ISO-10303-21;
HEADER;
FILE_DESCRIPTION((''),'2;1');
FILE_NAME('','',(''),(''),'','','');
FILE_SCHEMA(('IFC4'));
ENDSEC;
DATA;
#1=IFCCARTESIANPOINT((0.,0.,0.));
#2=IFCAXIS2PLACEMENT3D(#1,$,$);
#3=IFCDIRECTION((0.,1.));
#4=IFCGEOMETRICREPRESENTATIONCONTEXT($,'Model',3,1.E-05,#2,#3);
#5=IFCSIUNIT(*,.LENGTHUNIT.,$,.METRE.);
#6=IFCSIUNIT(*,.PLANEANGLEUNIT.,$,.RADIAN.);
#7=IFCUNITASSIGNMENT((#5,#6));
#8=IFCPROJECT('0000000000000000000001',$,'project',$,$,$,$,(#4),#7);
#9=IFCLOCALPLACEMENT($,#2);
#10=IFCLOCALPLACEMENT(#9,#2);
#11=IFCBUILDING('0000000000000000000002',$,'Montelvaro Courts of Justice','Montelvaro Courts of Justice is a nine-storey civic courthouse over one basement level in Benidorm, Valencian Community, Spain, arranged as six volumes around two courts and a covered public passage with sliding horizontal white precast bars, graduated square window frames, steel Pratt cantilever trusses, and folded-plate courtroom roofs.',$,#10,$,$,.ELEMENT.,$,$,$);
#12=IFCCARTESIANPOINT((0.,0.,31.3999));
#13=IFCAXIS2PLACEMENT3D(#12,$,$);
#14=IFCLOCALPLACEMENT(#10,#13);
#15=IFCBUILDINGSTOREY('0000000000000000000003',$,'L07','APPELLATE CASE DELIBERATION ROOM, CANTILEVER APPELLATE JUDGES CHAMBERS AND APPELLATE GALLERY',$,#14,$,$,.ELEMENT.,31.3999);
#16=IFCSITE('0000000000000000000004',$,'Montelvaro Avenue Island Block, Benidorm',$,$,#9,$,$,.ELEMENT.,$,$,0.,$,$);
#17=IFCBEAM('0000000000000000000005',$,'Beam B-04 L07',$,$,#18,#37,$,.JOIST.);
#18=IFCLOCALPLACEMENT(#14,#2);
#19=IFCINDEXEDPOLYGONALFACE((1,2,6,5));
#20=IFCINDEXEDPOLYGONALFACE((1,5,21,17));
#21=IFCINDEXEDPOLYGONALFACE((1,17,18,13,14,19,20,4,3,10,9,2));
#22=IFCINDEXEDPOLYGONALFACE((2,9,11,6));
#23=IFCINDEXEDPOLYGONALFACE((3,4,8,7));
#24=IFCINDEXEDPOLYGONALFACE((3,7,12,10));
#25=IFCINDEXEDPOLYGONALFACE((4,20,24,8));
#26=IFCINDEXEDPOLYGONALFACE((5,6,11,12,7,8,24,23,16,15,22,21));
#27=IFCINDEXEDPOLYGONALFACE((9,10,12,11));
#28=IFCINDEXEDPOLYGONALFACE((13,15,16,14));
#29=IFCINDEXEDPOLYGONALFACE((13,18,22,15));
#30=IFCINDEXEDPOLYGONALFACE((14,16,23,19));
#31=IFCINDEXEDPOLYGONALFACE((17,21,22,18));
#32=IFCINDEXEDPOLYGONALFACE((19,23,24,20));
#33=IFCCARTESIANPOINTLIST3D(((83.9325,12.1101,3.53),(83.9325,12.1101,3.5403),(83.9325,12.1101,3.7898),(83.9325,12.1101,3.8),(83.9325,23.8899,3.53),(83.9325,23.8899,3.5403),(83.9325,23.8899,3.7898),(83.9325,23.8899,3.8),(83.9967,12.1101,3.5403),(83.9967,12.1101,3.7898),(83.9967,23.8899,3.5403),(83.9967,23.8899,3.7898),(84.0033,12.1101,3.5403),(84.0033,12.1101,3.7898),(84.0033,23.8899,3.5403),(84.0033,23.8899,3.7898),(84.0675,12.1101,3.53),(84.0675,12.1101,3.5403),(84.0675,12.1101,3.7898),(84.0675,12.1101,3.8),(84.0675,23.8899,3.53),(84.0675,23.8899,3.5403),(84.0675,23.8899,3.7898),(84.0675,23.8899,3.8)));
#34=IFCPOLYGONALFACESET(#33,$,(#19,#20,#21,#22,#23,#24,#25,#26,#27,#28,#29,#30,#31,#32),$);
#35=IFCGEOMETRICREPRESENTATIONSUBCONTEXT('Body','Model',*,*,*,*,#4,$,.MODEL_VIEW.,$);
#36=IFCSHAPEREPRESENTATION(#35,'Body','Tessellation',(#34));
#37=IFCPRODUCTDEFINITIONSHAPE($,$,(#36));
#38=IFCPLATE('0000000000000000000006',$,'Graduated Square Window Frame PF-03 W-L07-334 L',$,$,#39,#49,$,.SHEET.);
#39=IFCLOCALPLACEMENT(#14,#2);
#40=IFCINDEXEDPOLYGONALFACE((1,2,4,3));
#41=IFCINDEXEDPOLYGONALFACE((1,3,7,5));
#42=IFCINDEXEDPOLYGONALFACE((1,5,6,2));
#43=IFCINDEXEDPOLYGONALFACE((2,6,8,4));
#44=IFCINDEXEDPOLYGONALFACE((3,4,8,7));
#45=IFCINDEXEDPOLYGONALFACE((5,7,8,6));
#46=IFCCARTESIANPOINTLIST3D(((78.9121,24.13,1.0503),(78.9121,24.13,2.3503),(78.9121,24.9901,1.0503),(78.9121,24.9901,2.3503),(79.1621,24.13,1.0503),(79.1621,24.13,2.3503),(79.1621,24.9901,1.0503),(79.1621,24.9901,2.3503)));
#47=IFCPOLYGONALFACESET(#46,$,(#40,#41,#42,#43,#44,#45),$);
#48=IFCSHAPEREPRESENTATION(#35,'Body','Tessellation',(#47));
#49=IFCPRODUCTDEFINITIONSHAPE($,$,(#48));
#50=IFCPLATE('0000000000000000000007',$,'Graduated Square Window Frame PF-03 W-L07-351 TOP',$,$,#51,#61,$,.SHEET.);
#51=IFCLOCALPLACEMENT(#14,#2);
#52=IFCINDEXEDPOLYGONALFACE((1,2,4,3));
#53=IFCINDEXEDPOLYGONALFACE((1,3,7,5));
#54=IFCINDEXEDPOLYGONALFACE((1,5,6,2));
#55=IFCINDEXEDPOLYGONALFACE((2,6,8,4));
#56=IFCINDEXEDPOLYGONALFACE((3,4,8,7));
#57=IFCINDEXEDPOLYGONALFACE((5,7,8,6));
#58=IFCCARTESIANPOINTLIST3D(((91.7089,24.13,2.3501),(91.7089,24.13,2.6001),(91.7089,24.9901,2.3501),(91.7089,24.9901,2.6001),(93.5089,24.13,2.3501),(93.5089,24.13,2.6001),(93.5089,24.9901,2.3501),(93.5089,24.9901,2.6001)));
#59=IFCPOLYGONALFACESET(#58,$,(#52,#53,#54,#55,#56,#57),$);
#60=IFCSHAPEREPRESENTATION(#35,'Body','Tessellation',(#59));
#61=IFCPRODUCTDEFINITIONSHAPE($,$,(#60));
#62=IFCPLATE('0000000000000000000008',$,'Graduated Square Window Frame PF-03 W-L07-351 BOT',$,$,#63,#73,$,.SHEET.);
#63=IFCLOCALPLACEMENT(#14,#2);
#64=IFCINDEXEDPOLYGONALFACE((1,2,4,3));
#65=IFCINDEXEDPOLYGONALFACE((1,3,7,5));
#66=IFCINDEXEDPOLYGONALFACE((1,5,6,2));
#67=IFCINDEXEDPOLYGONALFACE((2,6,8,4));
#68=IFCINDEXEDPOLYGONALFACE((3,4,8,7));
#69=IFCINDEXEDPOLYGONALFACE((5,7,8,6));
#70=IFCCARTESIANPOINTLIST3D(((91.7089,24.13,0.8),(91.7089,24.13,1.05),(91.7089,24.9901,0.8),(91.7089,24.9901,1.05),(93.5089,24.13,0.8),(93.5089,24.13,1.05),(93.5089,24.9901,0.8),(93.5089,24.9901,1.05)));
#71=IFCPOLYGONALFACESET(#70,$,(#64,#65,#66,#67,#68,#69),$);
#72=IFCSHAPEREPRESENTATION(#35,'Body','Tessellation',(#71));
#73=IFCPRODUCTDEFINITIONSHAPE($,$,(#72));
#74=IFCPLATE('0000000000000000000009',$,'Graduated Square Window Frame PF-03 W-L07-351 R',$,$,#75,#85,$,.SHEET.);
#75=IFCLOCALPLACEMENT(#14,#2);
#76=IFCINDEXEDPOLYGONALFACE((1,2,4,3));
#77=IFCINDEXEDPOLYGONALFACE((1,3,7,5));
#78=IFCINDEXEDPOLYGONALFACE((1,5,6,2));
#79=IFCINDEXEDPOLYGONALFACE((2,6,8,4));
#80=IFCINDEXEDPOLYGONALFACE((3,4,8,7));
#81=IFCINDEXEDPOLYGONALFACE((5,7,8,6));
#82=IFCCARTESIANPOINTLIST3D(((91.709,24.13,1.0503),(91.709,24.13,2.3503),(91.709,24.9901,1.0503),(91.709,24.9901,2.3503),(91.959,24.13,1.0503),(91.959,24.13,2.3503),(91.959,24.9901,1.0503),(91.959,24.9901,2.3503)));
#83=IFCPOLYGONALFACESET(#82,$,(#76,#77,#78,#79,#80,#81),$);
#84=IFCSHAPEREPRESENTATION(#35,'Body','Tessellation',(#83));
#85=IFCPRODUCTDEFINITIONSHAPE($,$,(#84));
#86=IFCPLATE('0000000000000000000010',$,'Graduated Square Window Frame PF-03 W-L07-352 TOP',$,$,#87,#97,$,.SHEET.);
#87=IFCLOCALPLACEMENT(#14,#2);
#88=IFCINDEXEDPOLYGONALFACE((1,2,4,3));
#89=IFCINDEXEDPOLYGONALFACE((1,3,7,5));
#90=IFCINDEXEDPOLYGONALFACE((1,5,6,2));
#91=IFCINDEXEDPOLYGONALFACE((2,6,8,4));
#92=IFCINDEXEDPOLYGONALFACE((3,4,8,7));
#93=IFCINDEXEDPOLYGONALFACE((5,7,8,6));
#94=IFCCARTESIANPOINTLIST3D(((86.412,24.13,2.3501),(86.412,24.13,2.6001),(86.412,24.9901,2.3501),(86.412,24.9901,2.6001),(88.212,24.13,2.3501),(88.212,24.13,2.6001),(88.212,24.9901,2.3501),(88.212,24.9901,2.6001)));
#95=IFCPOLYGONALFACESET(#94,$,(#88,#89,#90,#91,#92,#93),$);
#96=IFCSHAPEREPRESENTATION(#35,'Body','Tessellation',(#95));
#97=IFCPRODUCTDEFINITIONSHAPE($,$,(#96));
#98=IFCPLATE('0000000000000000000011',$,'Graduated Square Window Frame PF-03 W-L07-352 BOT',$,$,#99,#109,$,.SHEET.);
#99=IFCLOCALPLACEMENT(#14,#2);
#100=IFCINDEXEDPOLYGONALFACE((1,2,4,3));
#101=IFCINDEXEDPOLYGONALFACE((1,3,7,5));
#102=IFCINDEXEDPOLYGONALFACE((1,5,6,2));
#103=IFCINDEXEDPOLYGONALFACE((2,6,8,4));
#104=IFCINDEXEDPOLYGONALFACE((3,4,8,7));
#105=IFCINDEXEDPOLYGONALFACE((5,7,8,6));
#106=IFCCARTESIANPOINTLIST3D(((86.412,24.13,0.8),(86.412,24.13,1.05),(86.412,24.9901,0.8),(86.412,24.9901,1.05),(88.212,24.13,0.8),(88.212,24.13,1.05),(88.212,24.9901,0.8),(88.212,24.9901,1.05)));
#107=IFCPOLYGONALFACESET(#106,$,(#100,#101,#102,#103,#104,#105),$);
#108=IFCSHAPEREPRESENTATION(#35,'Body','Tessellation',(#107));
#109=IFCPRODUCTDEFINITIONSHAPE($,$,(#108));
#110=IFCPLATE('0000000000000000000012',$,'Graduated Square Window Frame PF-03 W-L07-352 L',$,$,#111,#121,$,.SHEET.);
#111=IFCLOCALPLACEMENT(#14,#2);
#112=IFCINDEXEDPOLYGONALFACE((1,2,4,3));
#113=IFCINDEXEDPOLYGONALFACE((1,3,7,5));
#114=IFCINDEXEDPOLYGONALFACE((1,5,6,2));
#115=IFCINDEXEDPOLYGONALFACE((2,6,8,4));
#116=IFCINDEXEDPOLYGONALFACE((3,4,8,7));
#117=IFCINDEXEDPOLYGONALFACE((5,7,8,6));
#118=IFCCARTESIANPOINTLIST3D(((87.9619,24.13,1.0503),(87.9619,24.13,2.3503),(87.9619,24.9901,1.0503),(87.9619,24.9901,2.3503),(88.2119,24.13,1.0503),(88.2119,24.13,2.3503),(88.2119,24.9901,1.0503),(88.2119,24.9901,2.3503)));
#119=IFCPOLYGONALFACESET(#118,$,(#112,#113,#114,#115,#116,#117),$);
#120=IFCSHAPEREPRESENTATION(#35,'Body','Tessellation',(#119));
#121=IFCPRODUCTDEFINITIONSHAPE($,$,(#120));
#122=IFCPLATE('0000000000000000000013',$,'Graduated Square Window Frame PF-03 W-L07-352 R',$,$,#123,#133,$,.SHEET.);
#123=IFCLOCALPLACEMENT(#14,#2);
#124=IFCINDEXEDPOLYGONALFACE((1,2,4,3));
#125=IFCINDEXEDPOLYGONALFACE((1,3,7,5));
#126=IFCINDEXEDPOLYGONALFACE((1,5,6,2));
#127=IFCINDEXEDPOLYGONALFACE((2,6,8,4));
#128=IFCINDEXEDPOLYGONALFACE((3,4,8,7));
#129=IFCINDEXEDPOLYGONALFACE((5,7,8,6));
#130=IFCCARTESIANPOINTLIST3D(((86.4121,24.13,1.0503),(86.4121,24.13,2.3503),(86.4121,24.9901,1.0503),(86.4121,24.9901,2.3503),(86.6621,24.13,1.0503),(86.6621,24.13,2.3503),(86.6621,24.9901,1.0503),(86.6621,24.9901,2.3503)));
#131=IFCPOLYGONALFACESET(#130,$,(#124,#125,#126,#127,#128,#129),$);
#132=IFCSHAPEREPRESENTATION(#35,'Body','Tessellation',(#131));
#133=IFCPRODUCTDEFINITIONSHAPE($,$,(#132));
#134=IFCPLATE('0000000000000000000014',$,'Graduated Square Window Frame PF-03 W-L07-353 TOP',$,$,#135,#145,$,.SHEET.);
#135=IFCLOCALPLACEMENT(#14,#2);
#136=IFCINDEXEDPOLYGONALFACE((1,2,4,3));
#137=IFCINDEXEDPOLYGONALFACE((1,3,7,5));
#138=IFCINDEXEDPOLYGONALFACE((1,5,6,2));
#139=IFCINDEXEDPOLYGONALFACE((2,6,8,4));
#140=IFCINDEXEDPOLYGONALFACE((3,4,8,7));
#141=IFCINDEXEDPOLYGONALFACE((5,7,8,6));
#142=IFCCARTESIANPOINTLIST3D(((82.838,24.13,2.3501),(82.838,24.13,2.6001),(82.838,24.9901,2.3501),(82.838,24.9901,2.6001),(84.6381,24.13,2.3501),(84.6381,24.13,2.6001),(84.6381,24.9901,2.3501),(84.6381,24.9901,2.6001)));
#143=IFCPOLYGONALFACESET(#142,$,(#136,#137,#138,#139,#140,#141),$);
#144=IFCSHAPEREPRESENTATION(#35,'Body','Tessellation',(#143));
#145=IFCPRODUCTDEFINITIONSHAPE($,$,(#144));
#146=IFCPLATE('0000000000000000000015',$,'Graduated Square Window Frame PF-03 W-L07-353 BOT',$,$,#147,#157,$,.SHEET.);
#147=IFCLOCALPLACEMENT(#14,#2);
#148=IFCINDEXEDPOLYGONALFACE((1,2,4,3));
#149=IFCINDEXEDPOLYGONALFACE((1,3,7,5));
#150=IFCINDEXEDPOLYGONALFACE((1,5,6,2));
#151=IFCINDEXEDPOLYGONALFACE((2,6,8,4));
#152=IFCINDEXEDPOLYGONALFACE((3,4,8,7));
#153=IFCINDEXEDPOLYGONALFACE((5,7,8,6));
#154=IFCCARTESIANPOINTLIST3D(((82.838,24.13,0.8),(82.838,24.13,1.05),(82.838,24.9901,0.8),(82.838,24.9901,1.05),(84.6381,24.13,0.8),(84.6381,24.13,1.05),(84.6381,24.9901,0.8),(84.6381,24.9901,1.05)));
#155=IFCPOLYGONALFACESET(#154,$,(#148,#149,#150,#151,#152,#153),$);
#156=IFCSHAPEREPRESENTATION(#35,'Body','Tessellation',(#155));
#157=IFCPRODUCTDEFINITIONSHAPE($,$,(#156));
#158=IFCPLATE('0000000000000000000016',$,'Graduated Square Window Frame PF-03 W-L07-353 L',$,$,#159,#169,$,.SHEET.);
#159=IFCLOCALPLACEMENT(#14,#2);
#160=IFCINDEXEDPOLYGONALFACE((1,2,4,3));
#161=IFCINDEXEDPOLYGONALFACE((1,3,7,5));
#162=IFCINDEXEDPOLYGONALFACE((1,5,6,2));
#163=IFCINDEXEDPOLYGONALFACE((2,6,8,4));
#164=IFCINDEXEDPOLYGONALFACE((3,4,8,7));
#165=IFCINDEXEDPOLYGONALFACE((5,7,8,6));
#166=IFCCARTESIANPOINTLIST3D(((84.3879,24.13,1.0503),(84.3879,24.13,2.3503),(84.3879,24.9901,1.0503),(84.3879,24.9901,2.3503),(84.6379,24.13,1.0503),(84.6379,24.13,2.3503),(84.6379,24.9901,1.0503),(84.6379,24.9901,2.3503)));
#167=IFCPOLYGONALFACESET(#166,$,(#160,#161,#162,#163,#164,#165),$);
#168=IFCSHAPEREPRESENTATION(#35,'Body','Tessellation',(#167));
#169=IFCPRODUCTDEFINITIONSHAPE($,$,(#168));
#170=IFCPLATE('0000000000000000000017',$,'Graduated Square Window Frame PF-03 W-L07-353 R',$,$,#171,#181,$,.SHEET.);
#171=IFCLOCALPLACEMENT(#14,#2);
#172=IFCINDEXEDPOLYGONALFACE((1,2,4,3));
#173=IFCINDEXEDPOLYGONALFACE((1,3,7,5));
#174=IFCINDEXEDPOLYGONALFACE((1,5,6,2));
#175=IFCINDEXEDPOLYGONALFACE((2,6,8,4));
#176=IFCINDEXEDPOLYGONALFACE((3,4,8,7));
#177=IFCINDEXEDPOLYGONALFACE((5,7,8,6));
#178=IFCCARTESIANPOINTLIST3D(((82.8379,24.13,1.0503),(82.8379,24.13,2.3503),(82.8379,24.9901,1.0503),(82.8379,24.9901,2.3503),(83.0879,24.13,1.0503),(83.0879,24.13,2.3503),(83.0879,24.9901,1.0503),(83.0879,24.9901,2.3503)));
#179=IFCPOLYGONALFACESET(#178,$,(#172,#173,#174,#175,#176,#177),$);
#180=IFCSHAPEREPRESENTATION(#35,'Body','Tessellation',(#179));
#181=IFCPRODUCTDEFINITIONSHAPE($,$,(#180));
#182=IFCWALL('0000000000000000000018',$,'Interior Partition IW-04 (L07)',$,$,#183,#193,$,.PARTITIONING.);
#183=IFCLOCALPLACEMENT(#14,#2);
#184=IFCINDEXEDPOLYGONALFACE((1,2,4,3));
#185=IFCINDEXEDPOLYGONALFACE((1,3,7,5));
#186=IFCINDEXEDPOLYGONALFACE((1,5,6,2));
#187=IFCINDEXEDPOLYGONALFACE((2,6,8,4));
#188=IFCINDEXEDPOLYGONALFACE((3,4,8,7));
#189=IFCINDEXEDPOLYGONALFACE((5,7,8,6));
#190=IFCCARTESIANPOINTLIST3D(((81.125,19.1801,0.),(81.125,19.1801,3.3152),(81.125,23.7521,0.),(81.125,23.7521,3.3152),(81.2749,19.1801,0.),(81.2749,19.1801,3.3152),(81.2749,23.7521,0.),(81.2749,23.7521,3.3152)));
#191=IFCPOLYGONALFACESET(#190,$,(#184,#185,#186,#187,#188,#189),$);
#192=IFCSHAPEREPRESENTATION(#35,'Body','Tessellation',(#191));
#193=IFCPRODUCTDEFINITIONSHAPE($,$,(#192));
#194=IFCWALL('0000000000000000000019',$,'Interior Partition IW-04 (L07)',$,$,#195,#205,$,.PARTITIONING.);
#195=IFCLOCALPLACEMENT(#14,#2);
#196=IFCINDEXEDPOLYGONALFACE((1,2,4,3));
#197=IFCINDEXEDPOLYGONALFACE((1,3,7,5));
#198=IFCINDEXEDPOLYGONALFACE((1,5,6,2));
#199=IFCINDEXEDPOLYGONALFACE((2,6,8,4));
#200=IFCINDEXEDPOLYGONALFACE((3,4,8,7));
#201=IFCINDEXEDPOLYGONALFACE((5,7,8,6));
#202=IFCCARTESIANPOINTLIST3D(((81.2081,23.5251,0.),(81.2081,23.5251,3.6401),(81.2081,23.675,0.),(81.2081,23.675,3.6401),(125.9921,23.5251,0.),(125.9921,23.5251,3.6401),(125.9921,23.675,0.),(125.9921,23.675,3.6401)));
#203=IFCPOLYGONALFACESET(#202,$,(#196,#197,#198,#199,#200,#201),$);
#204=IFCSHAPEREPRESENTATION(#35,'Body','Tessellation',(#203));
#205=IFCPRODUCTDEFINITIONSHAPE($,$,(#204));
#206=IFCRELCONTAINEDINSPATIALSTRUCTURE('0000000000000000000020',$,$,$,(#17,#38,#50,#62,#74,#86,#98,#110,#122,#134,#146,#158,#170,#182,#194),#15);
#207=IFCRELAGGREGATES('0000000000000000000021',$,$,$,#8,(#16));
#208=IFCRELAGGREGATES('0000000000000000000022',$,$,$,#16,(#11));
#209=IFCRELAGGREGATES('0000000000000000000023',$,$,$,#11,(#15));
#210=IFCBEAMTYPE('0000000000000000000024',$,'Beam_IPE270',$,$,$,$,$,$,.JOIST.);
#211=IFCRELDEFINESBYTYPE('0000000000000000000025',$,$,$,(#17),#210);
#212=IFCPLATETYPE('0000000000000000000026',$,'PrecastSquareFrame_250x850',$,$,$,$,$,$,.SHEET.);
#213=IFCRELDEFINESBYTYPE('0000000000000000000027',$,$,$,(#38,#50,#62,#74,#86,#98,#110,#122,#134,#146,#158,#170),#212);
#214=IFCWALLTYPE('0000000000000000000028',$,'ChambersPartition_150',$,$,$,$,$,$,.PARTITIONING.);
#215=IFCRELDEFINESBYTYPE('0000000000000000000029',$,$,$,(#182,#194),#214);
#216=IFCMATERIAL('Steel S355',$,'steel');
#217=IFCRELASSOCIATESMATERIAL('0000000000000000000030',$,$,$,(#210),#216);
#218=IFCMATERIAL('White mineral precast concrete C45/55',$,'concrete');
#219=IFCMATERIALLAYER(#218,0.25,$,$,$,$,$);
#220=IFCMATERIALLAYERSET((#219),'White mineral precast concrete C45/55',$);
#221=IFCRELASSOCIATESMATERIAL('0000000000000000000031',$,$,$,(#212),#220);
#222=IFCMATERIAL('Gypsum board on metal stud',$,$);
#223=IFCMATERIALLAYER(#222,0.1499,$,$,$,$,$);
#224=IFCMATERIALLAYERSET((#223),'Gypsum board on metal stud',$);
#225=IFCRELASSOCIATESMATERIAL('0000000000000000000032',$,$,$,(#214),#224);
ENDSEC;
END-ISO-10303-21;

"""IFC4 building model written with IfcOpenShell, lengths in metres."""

from ifc_helpers import new_model, si_unit, direction, frame, frame_2d, origin, origin_2d, place, context, subcontext, project, spatial, rectangle, i_section, extrude, material, layer, layer_set, material_profile, profile_set, type_object, element, save


model = new_model("IFC4")

# Units and contexts
model_context = context("Model", 3, precision=1e-05, world=origin(), true_north=direction((0.0, 1.0)))
body_context = subcontext(model_context, "Body", "Model", "MODEL_VIEW")
ifc_project = project(units=[si_unit("LENGTHUNIT", "METRE"), si_unit("PLANEANGLEUNIT", "RADIAN")], contexts=[model_context])

# Site, building, storey
site_placement = place(None, origin())
site = spatial("IfcSite", under=ifc_project, at=site_placement, Name="Montelvaro Avenue Island Block, Benidorm", CompositionType="ELEMENT", RefElevation=0.0)
building_placement = place(site_placement, origin())
building = spatial("IfcBuilding", under=site, at=building_placement, Name="Montelvaro Courts of Justice", Description="Montelvaro Courts of Justice is a nine-storey civic courthouse over one basement level in Benidorm, Valencian Community, Spain, arranged as six volumes around two courts and a covered public passage with sliding horizontal white precast bars, graduated square window frames, steel Pratt cantilever trusses, and folded-plate courtroom roofs.", CompositionType="ELEMENT")
storey_placement = place(building_placement, frame((0.0, 0.0, 31.3999)))
storey = spatial("IfcBuildingStorey", under=building, at=storey_placement, Name="L07", Description="APPELLATE CASE DELIBERATION ROOM, CANTILEVER APPELLATE JUDGES CHAMBERS AND APPELLATE GALLERY", CompositionType="ELEMENT", Elevation=31.3999)

# Shared definitions
ifc_material_1 = material(Name="Steel S355", Category="steel")

# Beam
ifc_material_profile_1 = material_profile(ifc_material_1, i_section(OverallWidth=0.135, OverallDepth=0.27, WebThickness=0.0066, FlangeThickness=0.0103, at=origin_2d()), Name="IPE 270")
ifc_profile_set_1 = profile_set([ifc_material_profile_1], Name="Steel S355")
beam_type_1 = type_object("IfcBeamType", Name="Beam_IPE270", PredefinedType="JOIST", material=ifc_profile_set_1)
beam_1_placement = place(storey_placement, frame((84.0, 12.1101, 3.665), z_axis=(0.0, 1.0, 0.0), x_axis=(-1.0, 0.0, 0.0)))
element("IfcBeam", 1, at=beam_1_placement, inside=storey, type_object=beam_type_1, Name="Beam B-04 L07", PredefinedType="JOIST", context=body_context, shape_type="SweptSolid", body=[
    extrude(i_section(OverallWidth=0.135, OverallDepth=0.27, WebThickness=0.0066, FlangeThickness=0.0103, at=origin_2d()), origin(), (0.0, 0.0, 1.0), 11.7798),
])

# Plates
ifc_material_2 = material(Name="White mineral precast concrete C45/55", Category="concrete")
ifc_layer_1 = layer(ifc_material_2, 0.25)
ifc_layer_set_1 = layer_set([ifc_layer_1], Name="White mineral precast concrete C45/55")
plate_type = type_object("IfcPlateType", Name="PrecastSquareFrame_250x850", PredefinedType="SHEET", material=ifc_layer_set_1)
plate_1_placement = place(storey_placement, frame((79.0371, 24.5601, 1.0503), z_axis=(0.0, 0.0, 1.0), x_axis=(-1.0, 0.0, 0.0)))
element("IfcPlate", 2, at=plate_1_placement, inside=storey, type_object=plate_type, Name="Graduated Square Window Frame PF-03 W-L07-334 L", PredefinedType="SHEET", context=body_context, shape_type="SweptSolid", body=[
    extrude(rectangle(XDim=0.25, YDim=0.8601, at=origin_2d()), origin(), (0.0, 0.0, 1.0), 1.3),
])
for number, where, z_axis, x_axis, name in (
    (3, (92.6089, 24.5601, 2.3501), (0.0, 0.0, 1.0), (-1.0, 0.0, 0.0), "Graduated Square Window Frame PF-03 W-L07-351 TOP"),
    (4, (92.6089, 24.5601, 0.8), (0.0, 0.0, 1.0), (-1.0, 0.0, 0.0), "Graduated Square Window Frame PF-03 W-L07-351 BOT"),
):
    element("IfcPlate", number, at=place(storey_placement, frame(where, z_axis=z_axis, x_axis=x_axis)), inside=storey, type_object=plate_type, Name=name, PredefinedType="SHEET", context=body_context, shape_type="SweptSolid", body=[
        extrude(rectangle(XDim=1.8, YDim=0.8601, at=origin_2d()), origin(), (0.0, 0.0, 1.0), 0.25),
    ])
plate_2_placement = place(storey_placement, frame((91.834, 24.5601, 1.0503), z_axis=(0.0, 0.0, 1.0), x_axis=(-1.0, 0.0, 0.0)))
element("IfcPlate", 5, at=plate_2_placement, inside=storey, type_object=plate_type, Name="Graduated Square Window Frame PF-03 W-L07-351 R", PredefinedType="SHEET", context=body_context, shape_type="SweptSolid", body=[
    extrude(rectangle(XDim=0.25, YDim=0.8601, at=origin_2d()), origin(), (0.0, 0.0, 1.0), 1.3),
])
for number, where, z_axis, x_axis, name in (
    (6, (87.312, 24.5601, 2.3501), (0.0, 0.0, 1.0), (-1.0, 0.0, 0.0), "Graduated Square Window Frame PF-03 W-L07-352 TOP"),
    (7, (87.312, 24.5601, 0.8), (0.0, 0.0, 1.0), (-1.0, 0.0, 0.0), "Graduated Square Window Frame PF-03 W-L07-352 BOT"),
):
    element("IfcPlate", number, at=place(storey_placement, frame(where, z_axis=z_axis, x_axis=x_axis)), inside=storey, type_object=plate_type, Name=name, PredefinedType="SHEET", context=body_context, shape_type="SweptSolid", body=[
        extrude(rectangle(XDim=1.8, YDim=0.8601, at=origin_2d()), origin(), (0.0, 0.0, 1.0), 0.25),
    ])
for number, where, z_axis, x_axis, name in (
    (8, (88.0869, 24.5601, 1.0503), (0.0, 0.0, 1.0), (-1.0, 0.0, 0.0), "Graduated Square Window Frame PF-03 W-L07-352 L"),
    (9, (86.5371, 24.5601, 1.0503), (0.0, 0.0, 1.0), (-1.0, 0.0, 0.0), "Graduated Square Window Frame PF-03 W-L07-352 R"),
):
    element("IfcPlate", number, at=place(storey_placement, frame(where, z_axis=z_axis, x_axis=x_axis)), inside=storey, type_object=plate_type, Name=name, PredefinedType="SHEET", context=body_context, shape_type="SweptSolid", body=[
        extrude(rectangle(XDim=0.25, YDim=0.8601, at=origin_2d()), origin(), (0.0, 0.0, 1.0), 1.3),
    ])
for number, where, z_axis, x_axis, name in (
    (10, (83.738, 24.5601, 2.3501), (0.0, 0.0, 1.0), (-1.0, 0.0, 0.0), "Graduated Square Window Frame PF-03 W-L07-353 TOP"),
    (11, (83.738, 24.5601, 0.8), (0.0, 0.0, 1.0), (-1.0, 0.0, 0.0), "Graduated Square Window Frame PF-03 W-L07-353 BOT"),
):
    element("IfcPlate", number, at=place(storey_placement, frame(where, z_axis=z_axis, x_axis=x_axis)), inside=storey, type_object=plate_type, Name=name, PredefinedType="SHEET", context=body_context, shape_type="SweptSolid", body=[
        extrude(rectangle(XDim=1.8, YDim=0.8601, at=origin_2d()), origin(), (0.0, 0.0, 1.0), 0.25),
    ])
for number, where, z_axis, x_axis, name in (
    (12, (84.5129, 24.5601, 1.0503), (0.0, 0.0, 1.0), (-1.0, 0.0, 0.0), "Graduated Square Window Frame PF-03 W-L07-353 L"),
    (13, (82.9629, 24.5601, 1.0503), (0.0, 0.0, 1.0), (-1.0, 0.0, 0.0), "Graduated Square Window Frame PF-03 W-L07-353 R"),
):
    element("IfcPlate", number, at=place(storey_placement, frame(where, z_axis=z_axis, x_axis=x_axis)), inside=storey, type_object=plate_type, Name=name, PredefinedType="SHEET", context=body_context, shape_type="SweptSolid", body=[
        extrude(rectangle(XDim=0.25, YDim=0.8601, at=origin_2d()), origin(), (0.0, 0.0, 1.0), 1.3),
    ])

# Walls
ifc_material_3 = material(Name="Gypsum board on metal stud")
ifc_layer_2 = layer(ifc_material_3, 0.1499)
ifc_layer_set_2 = layer_set([ifc_layer_2], Name="Gypsum board on metal stud")
wall_type_1 = type_object("IfcWallType", Name="ChambersPartition_150", PredefinedType="PARTITIONING", material=ifc_layer_set_2)
wall_1_placement = place(storey_placement, frame((81.2, 19.1799, 0.0), z_axis=(0.0, 0.0, 1.0), x_axis=(0.0, 1.0, 0.0)))
element("IfcWall", 14, at=wall_1_placement, inside=storey, type_object=wall_type_1, Name="Interior Partition IW-04 (L07)", PredefinedType="PARTITIONING", context=body_context, shape_type="SweptSolid", body=[
    extrude(rectangle(XDim=4.572, YDim=0.1499, at=frame_2d((2.2861, 0.0))), origin(), (0.0, 0.0, 1.0), 3.3152),
])
wall_2_placement = place(storey_placement, frame((81.208, 23.6001, 0.0), z_axis=(0.0, 0.0, 1.0), x_axis=(1.0, 0.0, 0.0)))
element("IfcWall", 15, at=wall_2_placement, inside=storey, type_object=wall_type_1, Name="Interior Partition IW-04 (L07)", PredefinedType="PARTITIONING", context=body_context, shape_type="SweptSolid", body=[
    extrude(rectangle(XDim=44.7839, YDim=0.1499, at=frame_2d((22.3921, 0.0))), origin(), (0.0, 0.0, 1.0), 3.6401),
])

save(model, "model.ifc")
